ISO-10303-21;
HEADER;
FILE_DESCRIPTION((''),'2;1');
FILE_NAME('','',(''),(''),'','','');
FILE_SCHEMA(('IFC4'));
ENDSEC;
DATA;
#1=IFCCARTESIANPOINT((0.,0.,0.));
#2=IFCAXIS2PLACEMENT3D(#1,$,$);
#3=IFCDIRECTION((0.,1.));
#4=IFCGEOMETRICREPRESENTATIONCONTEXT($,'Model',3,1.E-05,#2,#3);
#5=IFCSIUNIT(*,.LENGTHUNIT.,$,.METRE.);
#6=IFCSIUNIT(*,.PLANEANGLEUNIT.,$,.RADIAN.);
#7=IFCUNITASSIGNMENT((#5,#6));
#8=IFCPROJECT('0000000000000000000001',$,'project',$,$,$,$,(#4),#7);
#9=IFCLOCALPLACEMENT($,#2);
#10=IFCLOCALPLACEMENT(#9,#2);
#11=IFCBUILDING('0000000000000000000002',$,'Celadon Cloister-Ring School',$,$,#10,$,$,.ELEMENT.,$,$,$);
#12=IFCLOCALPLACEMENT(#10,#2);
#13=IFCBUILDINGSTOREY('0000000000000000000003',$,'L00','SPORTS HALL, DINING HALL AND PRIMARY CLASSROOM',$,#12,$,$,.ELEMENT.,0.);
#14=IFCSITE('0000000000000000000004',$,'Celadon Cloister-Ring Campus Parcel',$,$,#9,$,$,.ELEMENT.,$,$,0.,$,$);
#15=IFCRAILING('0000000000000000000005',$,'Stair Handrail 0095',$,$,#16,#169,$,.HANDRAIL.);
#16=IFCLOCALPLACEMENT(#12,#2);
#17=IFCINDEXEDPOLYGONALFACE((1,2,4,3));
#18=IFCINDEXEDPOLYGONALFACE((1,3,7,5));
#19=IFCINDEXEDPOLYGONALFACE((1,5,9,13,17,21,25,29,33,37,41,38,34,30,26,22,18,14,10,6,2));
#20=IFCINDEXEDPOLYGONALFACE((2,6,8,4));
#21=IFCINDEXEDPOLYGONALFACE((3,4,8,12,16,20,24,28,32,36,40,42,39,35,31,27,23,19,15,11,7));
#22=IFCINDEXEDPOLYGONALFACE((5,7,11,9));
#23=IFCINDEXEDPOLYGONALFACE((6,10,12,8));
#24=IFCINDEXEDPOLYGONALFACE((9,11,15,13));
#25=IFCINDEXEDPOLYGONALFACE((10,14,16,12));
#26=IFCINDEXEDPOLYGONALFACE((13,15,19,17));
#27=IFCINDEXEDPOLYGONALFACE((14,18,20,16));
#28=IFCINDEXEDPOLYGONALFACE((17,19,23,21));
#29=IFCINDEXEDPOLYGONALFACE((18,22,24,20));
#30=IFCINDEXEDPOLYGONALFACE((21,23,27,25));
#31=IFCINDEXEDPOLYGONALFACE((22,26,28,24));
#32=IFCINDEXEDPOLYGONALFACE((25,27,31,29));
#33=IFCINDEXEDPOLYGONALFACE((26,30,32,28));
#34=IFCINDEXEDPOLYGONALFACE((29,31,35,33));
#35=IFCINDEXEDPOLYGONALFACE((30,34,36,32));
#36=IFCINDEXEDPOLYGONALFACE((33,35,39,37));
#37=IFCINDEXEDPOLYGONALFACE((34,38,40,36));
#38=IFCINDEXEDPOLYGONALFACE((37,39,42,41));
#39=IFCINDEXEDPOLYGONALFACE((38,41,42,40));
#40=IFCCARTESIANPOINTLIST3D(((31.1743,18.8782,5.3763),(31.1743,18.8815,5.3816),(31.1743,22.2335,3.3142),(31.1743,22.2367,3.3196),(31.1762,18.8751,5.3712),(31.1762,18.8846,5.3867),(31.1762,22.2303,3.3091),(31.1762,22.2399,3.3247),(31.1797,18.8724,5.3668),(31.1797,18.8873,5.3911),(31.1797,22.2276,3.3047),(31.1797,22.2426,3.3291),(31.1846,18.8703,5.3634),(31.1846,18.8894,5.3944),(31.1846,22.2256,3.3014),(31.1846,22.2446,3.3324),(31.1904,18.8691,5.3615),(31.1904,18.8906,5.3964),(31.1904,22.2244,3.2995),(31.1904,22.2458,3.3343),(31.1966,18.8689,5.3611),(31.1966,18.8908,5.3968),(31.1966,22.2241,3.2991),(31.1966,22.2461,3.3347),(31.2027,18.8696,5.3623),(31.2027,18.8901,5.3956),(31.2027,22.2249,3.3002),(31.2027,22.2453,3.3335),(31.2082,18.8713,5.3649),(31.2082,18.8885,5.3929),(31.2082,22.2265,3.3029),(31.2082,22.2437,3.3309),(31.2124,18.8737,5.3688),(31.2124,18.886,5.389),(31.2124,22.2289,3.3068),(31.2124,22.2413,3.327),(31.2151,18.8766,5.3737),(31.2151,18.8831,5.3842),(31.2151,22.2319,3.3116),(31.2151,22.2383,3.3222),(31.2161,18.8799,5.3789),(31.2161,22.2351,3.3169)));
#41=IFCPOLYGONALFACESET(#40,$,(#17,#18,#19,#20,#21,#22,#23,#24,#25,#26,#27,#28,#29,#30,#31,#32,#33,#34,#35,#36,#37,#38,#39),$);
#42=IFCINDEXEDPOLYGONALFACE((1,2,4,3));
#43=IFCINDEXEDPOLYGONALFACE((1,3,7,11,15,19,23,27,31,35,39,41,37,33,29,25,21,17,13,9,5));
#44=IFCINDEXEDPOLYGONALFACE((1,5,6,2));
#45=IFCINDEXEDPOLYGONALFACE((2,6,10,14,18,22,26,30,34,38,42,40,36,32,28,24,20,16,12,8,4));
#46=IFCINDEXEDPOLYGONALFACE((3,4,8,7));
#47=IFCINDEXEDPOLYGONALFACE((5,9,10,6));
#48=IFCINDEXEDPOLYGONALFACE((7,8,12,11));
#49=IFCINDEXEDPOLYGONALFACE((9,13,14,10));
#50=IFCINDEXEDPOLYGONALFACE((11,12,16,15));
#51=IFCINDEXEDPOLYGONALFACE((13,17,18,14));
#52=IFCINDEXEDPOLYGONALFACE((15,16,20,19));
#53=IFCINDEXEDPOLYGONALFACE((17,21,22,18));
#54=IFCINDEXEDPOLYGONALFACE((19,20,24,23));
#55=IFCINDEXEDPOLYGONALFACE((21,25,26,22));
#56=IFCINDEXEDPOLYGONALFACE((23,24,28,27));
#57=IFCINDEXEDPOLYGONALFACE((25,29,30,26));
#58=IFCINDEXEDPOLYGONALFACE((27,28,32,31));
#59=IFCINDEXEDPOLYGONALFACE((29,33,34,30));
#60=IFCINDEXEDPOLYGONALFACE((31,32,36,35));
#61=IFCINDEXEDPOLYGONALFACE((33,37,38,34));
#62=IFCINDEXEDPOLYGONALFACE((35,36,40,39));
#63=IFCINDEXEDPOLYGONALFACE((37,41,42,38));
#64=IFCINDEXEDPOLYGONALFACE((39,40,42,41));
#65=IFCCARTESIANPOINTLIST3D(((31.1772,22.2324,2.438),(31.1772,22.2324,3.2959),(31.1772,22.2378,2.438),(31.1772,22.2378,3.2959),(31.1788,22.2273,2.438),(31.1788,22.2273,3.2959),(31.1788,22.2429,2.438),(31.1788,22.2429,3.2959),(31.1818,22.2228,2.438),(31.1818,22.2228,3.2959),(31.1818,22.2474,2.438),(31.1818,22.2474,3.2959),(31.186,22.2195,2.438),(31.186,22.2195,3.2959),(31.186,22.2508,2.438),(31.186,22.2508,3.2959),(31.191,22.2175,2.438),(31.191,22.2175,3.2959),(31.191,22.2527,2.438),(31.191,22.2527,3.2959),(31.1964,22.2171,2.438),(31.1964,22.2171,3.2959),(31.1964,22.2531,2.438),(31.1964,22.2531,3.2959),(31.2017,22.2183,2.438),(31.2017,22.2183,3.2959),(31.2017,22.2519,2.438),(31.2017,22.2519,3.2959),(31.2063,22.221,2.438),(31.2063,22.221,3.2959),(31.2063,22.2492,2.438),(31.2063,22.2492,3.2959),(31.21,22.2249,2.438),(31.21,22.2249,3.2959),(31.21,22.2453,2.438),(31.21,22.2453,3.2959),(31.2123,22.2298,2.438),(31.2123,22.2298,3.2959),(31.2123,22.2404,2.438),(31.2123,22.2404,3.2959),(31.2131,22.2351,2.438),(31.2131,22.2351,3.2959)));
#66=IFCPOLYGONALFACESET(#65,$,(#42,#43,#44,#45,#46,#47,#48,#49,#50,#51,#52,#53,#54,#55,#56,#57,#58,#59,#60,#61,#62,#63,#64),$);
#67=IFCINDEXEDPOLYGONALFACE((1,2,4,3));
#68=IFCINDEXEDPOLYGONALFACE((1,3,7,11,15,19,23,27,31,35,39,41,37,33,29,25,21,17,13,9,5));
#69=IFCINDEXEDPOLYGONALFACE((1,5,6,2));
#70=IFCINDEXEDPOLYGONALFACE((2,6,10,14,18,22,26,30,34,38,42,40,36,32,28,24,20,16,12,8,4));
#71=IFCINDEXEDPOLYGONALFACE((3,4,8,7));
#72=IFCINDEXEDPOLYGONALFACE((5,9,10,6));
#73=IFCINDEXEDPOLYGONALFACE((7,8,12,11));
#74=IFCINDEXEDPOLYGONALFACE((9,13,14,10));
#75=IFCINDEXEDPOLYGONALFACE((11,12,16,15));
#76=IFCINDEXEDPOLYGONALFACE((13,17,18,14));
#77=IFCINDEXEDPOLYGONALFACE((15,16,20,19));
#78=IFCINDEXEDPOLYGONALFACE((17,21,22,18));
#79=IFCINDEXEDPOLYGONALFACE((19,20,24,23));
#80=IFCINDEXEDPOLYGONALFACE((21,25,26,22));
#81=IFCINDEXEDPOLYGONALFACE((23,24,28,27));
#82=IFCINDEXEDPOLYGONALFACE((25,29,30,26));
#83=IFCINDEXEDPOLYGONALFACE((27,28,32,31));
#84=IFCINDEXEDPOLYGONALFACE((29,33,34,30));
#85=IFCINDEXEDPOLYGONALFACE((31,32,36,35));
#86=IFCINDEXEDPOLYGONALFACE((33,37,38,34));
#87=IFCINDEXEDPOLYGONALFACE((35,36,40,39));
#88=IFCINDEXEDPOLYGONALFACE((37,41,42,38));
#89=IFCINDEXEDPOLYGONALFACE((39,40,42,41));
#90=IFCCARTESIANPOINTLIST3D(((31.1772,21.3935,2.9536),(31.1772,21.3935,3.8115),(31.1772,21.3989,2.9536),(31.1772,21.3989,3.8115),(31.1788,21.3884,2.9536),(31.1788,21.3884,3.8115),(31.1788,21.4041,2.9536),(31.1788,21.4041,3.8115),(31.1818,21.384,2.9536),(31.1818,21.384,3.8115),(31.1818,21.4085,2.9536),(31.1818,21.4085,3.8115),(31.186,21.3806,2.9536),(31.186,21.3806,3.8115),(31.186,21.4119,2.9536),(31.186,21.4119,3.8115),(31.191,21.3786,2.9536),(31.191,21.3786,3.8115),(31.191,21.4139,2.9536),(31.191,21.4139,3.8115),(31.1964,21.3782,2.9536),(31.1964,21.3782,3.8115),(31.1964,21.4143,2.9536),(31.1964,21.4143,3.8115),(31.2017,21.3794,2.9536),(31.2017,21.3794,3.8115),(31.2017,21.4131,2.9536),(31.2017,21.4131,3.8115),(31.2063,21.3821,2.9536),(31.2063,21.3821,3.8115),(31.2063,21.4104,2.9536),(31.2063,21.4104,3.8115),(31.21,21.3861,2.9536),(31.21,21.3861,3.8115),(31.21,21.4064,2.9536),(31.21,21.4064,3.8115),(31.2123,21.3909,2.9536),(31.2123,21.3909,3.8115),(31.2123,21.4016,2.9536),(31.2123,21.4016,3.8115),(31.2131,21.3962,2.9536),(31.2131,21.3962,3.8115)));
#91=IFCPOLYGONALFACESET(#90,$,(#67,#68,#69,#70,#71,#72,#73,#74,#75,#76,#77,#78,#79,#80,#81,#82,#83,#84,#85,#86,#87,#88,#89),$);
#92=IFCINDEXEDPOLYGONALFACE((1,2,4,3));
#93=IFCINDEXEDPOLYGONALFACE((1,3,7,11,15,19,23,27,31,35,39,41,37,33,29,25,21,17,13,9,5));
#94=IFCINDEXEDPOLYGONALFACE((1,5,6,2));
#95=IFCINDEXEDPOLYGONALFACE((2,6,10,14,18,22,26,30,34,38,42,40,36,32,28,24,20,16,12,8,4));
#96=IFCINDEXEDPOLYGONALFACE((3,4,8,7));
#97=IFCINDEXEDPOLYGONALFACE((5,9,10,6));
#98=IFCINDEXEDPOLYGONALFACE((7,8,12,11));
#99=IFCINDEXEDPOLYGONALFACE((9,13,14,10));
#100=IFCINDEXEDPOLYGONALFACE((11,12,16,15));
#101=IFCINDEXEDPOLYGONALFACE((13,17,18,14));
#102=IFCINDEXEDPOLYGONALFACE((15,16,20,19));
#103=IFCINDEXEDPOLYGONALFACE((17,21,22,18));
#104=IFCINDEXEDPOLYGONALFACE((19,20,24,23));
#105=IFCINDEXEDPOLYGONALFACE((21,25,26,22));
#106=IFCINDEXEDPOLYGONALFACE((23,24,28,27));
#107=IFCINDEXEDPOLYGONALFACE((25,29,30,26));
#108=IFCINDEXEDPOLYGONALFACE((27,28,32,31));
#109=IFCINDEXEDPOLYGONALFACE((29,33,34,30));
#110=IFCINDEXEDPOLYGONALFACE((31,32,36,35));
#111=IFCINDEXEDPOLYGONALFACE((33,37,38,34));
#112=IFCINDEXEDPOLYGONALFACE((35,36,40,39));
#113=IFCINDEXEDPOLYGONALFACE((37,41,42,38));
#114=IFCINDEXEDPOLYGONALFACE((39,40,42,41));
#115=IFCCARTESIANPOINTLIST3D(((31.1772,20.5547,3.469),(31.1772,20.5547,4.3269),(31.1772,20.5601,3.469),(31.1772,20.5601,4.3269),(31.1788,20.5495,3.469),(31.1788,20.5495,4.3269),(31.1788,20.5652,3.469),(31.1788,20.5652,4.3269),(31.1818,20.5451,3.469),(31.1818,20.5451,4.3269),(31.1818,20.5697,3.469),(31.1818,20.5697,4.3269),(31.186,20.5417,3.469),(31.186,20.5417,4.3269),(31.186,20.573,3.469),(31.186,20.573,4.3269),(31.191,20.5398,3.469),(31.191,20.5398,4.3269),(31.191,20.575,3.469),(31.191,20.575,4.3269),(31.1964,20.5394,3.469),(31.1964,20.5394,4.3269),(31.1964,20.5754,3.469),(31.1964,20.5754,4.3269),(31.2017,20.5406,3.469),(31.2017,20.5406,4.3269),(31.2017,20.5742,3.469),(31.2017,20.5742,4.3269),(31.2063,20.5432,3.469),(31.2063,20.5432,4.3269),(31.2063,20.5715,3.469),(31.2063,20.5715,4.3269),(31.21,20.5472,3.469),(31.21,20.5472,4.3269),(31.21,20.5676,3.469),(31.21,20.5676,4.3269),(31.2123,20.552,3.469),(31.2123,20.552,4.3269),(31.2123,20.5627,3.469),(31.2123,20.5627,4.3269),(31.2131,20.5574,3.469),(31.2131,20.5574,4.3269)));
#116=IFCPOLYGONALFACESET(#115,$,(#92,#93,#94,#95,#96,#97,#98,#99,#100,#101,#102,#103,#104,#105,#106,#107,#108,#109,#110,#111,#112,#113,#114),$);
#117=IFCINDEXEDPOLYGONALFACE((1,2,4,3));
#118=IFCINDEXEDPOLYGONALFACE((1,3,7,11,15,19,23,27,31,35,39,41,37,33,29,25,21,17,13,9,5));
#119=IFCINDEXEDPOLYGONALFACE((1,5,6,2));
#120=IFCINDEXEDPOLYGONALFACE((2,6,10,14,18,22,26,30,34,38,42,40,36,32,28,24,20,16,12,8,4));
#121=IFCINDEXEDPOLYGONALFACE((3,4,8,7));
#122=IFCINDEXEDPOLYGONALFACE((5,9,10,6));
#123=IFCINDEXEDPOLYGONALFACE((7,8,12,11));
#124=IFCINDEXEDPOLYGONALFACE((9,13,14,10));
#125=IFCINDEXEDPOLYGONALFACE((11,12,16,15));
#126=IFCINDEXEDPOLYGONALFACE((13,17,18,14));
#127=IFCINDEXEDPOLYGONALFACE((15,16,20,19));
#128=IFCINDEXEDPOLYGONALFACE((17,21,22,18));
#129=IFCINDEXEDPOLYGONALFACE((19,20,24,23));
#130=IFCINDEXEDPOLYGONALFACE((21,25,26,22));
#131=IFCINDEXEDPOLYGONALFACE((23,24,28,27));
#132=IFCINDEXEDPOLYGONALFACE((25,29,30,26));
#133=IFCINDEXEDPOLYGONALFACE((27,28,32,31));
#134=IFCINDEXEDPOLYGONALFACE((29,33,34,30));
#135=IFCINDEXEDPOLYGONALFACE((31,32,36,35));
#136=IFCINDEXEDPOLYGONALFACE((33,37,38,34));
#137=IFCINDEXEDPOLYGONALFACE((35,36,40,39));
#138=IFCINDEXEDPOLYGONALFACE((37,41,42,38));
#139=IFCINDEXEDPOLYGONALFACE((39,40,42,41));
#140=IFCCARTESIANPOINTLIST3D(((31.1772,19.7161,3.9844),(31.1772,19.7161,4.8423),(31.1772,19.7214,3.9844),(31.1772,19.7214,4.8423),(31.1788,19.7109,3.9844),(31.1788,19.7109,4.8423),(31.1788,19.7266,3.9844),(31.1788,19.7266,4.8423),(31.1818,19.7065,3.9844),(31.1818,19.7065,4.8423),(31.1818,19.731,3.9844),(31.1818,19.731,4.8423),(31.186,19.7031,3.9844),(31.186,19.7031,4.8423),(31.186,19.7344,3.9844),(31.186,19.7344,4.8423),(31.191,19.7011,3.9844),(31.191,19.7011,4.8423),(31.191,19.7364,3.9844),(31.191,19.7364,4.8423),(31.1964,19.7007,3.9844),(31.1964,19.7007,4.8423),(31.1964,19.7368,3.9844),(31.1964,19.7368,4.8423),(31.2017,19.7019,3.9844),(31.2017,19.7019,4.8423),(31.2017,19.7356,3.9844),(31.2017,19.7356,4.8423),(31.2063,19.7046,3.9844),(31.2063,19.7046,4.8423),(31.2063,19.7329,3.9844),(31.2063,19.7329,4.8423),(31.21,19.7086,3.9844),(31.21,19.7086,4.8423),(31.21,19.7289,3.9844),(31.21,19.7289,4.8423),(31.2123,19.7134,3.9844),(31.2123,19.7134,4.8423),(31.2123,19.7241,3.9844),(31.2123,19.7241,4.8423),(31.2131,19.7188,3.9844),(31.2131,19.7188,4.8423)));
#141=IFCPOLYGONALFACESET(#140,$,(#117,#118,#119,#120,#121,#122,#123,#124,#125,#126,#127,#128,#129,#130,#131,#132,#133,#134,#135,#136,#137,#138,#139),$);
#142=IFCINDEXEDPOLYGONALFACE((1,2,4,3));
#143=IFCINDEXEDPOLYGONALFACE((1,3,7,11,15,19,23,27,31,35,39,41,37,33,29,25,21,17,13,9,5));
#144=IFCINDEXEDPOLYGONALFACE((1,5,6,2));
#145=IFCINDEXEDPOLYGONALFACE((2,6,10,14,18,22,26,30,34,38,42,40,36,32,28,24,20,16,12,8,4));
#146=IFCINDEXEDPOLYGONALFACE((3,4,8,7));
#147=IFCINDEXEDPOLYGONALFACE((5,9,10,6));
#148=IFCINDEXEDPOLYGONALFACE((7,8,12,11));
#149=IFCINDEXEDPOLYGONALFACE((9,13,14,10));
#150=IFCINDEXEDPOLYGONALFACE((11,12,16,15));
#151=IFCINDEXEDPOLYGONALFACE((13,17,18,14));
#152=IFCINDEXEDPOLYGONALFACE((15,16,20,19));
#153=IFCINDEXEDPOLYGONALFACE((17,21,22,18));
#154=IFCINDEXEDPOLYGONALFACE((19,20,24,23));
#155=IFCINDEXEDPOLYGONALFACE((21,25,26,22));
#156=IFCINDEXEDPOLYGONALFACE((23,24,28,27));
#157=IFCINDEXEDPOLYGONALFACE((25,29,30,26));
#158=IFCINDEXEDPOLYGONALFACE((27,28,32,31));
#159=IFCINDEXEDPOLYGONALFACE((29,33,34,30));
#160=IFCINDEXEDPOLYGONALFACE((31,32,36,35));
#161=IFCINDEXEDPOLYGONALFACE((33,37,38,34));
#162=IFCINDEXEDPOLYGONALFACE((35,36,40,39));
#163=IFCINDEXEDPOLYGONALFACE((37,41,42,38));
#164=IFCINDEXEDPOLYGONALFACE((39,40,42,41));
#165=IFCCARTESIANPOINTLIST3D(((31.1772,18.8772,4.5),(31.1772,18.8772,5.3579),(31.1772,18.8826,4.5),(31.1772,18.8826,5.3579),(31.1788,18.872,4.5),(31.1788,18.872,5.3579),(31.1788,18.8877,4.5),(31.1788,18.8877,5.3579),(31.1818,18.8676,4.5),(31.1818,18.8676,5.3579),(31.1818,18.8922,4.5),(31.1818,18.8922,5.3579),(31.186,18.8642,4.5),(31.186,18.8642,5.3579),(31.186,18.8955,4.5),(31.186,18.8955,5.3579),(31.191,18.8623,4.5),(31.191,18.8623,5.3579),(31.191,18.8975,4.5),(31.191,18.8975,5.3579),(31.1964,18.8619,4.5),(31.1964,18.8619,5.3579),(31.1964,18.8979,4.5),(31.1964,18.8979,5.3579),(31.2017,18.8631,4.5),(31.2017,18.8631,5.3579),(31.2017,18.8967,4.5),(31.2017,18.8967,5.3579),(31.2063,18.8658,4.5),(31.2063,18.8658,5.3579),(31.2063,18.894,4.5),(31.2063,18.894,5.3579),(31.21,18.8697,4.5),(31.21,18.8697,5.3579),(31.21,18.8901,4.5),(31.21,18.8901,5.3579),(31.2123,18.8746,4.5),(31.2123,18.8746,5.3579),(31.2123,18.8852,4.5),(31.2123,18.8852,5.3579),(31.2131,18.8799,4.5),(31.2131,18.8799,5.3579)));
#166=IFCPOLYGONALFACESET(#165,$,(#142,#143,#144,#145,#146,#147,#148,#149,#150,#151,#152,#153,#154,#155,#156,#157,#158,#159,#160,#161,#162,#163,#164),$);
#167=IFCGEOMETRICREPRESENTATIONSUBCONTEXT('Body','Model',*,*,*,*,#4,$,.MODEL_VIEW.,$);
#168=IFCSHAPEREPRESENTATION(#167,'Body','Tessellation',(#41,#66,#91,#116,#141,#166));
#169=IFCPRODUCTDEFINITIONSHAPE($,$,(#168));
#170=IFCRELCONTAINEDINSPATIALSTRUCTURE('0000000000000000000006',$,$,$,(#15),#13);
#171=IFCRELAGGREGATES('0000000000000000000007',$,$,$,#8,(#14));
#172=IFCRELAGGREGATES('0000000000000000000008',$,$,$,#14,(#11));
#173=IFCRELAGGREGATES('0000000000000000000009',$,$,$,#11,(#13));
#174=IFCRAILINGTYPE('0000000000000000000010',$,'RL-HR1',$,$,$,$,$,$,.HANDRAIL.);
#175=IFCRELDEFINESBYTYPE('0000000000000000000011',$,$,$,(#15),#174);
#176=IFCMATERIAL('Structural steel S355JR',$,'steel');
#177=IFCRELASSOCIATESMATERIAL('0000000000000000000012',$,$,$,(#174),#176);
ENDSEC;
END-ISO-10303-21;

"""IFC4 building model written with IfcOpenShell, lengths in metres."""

from ifc_helpers import new_model, si_unit, direction, frame, origin, origin_2d, place, context, subcontext, project, spatial, circle, extrude, material, type_object, element, save


model = new_model("IFC4")

# Units and contexts
model_context = context("Model", 3, precision=1e-05, world=origin(), true_north=direction((0.0, 1.0)))
body_context = subcontext(model_context, "Body", "Model", "MODEL_VIEW")
ifc_project = project(units=[si_unit("LENGTHUNIT", "METRE"), si_unit("PLANEANGLEUNIT", "RADIAN")], contexts=[model_context])

# Site, building, storey
site_placement = place(None, origin())
site = spatial("IfcSite", under=ifc_project, at=site_placement, Name="Celadon Cloister-Ring Campus Parcel", CompositionType="ELEMENT", RefElevation=0.0)
building_placement = place(site_placement, origin())
building = spatial("IfcBuilding", under=site, at=building_placement, Name="Celadon Cloister-Ring School", CompositionType="ELEMENT")
storey_placement = place(building_placement, origin())
storey = spatial("IfcBuildingStorey", under=building, at=storey_placement, Name="L00", Description="SPORTS HALL, DINING HALL AND PRIMARY CLASSROOM", CompositionType="ELEMENT", Elevation=0.0)

# Railing
ifc_material_1 = material(Name="Structural steel S355JR", Category="steel")
railing_type_1 = type_object("IfcRailingType", Name="RL-HR1", PredefinedType="HANDRAIL", material=ifc_material_1)
for number, where, name in (
    (1, (31.1951, 22.2351, 2.438), "Stair Handrail 0095"),
):
    element("IfcRailing", number, at=place(storey_placement, frame(where)), inside=storey, type_object=railing_type_1, Name=name, PredefinedType="HANDRAIL", context=body_context, shape_type="SweptSolid", body=[
        extrude(circle(Radius=0.021, at=origin_2d()), frame((0.0, 0.0, 0.8789), z_axis=(0.0, -0.851969, 0.523592), x_axis=(1.0, 0.0, 0.0)), (0.0, 0.0, 1.0), 3.9382),
        extrude(circle(Radius=0.0181, at=origin_2d()), origin(), (0.0, 0.0, 1.0), 0.8579),
        extrude(circle(Radius=0.0181, at=origin_2d()), frame((0.0, -0.8389, 0.5156)), (0.0, 0.0, 1.0), 0.8579),
        extrude(circle(Radius=0.0181, at=origin_2d()), frame((0.0, -1.6777, 1.031)), (0.0, 0.0, 1.0), 0.8579),
        extrude(circle(Radius=0.0181, at=origin_2d()), frame((0.0, -2.5164, 1.5464)), (0.0, 0.0, 1.0), 0.8579),
        extrude(circle(Radius=0.0181, at=origin_2d()), frame((0.0, -3.3552, 2.062)), (0.0, 0.0, 1.0), 0.8579),
    ])

save(model, "model.ifc")
